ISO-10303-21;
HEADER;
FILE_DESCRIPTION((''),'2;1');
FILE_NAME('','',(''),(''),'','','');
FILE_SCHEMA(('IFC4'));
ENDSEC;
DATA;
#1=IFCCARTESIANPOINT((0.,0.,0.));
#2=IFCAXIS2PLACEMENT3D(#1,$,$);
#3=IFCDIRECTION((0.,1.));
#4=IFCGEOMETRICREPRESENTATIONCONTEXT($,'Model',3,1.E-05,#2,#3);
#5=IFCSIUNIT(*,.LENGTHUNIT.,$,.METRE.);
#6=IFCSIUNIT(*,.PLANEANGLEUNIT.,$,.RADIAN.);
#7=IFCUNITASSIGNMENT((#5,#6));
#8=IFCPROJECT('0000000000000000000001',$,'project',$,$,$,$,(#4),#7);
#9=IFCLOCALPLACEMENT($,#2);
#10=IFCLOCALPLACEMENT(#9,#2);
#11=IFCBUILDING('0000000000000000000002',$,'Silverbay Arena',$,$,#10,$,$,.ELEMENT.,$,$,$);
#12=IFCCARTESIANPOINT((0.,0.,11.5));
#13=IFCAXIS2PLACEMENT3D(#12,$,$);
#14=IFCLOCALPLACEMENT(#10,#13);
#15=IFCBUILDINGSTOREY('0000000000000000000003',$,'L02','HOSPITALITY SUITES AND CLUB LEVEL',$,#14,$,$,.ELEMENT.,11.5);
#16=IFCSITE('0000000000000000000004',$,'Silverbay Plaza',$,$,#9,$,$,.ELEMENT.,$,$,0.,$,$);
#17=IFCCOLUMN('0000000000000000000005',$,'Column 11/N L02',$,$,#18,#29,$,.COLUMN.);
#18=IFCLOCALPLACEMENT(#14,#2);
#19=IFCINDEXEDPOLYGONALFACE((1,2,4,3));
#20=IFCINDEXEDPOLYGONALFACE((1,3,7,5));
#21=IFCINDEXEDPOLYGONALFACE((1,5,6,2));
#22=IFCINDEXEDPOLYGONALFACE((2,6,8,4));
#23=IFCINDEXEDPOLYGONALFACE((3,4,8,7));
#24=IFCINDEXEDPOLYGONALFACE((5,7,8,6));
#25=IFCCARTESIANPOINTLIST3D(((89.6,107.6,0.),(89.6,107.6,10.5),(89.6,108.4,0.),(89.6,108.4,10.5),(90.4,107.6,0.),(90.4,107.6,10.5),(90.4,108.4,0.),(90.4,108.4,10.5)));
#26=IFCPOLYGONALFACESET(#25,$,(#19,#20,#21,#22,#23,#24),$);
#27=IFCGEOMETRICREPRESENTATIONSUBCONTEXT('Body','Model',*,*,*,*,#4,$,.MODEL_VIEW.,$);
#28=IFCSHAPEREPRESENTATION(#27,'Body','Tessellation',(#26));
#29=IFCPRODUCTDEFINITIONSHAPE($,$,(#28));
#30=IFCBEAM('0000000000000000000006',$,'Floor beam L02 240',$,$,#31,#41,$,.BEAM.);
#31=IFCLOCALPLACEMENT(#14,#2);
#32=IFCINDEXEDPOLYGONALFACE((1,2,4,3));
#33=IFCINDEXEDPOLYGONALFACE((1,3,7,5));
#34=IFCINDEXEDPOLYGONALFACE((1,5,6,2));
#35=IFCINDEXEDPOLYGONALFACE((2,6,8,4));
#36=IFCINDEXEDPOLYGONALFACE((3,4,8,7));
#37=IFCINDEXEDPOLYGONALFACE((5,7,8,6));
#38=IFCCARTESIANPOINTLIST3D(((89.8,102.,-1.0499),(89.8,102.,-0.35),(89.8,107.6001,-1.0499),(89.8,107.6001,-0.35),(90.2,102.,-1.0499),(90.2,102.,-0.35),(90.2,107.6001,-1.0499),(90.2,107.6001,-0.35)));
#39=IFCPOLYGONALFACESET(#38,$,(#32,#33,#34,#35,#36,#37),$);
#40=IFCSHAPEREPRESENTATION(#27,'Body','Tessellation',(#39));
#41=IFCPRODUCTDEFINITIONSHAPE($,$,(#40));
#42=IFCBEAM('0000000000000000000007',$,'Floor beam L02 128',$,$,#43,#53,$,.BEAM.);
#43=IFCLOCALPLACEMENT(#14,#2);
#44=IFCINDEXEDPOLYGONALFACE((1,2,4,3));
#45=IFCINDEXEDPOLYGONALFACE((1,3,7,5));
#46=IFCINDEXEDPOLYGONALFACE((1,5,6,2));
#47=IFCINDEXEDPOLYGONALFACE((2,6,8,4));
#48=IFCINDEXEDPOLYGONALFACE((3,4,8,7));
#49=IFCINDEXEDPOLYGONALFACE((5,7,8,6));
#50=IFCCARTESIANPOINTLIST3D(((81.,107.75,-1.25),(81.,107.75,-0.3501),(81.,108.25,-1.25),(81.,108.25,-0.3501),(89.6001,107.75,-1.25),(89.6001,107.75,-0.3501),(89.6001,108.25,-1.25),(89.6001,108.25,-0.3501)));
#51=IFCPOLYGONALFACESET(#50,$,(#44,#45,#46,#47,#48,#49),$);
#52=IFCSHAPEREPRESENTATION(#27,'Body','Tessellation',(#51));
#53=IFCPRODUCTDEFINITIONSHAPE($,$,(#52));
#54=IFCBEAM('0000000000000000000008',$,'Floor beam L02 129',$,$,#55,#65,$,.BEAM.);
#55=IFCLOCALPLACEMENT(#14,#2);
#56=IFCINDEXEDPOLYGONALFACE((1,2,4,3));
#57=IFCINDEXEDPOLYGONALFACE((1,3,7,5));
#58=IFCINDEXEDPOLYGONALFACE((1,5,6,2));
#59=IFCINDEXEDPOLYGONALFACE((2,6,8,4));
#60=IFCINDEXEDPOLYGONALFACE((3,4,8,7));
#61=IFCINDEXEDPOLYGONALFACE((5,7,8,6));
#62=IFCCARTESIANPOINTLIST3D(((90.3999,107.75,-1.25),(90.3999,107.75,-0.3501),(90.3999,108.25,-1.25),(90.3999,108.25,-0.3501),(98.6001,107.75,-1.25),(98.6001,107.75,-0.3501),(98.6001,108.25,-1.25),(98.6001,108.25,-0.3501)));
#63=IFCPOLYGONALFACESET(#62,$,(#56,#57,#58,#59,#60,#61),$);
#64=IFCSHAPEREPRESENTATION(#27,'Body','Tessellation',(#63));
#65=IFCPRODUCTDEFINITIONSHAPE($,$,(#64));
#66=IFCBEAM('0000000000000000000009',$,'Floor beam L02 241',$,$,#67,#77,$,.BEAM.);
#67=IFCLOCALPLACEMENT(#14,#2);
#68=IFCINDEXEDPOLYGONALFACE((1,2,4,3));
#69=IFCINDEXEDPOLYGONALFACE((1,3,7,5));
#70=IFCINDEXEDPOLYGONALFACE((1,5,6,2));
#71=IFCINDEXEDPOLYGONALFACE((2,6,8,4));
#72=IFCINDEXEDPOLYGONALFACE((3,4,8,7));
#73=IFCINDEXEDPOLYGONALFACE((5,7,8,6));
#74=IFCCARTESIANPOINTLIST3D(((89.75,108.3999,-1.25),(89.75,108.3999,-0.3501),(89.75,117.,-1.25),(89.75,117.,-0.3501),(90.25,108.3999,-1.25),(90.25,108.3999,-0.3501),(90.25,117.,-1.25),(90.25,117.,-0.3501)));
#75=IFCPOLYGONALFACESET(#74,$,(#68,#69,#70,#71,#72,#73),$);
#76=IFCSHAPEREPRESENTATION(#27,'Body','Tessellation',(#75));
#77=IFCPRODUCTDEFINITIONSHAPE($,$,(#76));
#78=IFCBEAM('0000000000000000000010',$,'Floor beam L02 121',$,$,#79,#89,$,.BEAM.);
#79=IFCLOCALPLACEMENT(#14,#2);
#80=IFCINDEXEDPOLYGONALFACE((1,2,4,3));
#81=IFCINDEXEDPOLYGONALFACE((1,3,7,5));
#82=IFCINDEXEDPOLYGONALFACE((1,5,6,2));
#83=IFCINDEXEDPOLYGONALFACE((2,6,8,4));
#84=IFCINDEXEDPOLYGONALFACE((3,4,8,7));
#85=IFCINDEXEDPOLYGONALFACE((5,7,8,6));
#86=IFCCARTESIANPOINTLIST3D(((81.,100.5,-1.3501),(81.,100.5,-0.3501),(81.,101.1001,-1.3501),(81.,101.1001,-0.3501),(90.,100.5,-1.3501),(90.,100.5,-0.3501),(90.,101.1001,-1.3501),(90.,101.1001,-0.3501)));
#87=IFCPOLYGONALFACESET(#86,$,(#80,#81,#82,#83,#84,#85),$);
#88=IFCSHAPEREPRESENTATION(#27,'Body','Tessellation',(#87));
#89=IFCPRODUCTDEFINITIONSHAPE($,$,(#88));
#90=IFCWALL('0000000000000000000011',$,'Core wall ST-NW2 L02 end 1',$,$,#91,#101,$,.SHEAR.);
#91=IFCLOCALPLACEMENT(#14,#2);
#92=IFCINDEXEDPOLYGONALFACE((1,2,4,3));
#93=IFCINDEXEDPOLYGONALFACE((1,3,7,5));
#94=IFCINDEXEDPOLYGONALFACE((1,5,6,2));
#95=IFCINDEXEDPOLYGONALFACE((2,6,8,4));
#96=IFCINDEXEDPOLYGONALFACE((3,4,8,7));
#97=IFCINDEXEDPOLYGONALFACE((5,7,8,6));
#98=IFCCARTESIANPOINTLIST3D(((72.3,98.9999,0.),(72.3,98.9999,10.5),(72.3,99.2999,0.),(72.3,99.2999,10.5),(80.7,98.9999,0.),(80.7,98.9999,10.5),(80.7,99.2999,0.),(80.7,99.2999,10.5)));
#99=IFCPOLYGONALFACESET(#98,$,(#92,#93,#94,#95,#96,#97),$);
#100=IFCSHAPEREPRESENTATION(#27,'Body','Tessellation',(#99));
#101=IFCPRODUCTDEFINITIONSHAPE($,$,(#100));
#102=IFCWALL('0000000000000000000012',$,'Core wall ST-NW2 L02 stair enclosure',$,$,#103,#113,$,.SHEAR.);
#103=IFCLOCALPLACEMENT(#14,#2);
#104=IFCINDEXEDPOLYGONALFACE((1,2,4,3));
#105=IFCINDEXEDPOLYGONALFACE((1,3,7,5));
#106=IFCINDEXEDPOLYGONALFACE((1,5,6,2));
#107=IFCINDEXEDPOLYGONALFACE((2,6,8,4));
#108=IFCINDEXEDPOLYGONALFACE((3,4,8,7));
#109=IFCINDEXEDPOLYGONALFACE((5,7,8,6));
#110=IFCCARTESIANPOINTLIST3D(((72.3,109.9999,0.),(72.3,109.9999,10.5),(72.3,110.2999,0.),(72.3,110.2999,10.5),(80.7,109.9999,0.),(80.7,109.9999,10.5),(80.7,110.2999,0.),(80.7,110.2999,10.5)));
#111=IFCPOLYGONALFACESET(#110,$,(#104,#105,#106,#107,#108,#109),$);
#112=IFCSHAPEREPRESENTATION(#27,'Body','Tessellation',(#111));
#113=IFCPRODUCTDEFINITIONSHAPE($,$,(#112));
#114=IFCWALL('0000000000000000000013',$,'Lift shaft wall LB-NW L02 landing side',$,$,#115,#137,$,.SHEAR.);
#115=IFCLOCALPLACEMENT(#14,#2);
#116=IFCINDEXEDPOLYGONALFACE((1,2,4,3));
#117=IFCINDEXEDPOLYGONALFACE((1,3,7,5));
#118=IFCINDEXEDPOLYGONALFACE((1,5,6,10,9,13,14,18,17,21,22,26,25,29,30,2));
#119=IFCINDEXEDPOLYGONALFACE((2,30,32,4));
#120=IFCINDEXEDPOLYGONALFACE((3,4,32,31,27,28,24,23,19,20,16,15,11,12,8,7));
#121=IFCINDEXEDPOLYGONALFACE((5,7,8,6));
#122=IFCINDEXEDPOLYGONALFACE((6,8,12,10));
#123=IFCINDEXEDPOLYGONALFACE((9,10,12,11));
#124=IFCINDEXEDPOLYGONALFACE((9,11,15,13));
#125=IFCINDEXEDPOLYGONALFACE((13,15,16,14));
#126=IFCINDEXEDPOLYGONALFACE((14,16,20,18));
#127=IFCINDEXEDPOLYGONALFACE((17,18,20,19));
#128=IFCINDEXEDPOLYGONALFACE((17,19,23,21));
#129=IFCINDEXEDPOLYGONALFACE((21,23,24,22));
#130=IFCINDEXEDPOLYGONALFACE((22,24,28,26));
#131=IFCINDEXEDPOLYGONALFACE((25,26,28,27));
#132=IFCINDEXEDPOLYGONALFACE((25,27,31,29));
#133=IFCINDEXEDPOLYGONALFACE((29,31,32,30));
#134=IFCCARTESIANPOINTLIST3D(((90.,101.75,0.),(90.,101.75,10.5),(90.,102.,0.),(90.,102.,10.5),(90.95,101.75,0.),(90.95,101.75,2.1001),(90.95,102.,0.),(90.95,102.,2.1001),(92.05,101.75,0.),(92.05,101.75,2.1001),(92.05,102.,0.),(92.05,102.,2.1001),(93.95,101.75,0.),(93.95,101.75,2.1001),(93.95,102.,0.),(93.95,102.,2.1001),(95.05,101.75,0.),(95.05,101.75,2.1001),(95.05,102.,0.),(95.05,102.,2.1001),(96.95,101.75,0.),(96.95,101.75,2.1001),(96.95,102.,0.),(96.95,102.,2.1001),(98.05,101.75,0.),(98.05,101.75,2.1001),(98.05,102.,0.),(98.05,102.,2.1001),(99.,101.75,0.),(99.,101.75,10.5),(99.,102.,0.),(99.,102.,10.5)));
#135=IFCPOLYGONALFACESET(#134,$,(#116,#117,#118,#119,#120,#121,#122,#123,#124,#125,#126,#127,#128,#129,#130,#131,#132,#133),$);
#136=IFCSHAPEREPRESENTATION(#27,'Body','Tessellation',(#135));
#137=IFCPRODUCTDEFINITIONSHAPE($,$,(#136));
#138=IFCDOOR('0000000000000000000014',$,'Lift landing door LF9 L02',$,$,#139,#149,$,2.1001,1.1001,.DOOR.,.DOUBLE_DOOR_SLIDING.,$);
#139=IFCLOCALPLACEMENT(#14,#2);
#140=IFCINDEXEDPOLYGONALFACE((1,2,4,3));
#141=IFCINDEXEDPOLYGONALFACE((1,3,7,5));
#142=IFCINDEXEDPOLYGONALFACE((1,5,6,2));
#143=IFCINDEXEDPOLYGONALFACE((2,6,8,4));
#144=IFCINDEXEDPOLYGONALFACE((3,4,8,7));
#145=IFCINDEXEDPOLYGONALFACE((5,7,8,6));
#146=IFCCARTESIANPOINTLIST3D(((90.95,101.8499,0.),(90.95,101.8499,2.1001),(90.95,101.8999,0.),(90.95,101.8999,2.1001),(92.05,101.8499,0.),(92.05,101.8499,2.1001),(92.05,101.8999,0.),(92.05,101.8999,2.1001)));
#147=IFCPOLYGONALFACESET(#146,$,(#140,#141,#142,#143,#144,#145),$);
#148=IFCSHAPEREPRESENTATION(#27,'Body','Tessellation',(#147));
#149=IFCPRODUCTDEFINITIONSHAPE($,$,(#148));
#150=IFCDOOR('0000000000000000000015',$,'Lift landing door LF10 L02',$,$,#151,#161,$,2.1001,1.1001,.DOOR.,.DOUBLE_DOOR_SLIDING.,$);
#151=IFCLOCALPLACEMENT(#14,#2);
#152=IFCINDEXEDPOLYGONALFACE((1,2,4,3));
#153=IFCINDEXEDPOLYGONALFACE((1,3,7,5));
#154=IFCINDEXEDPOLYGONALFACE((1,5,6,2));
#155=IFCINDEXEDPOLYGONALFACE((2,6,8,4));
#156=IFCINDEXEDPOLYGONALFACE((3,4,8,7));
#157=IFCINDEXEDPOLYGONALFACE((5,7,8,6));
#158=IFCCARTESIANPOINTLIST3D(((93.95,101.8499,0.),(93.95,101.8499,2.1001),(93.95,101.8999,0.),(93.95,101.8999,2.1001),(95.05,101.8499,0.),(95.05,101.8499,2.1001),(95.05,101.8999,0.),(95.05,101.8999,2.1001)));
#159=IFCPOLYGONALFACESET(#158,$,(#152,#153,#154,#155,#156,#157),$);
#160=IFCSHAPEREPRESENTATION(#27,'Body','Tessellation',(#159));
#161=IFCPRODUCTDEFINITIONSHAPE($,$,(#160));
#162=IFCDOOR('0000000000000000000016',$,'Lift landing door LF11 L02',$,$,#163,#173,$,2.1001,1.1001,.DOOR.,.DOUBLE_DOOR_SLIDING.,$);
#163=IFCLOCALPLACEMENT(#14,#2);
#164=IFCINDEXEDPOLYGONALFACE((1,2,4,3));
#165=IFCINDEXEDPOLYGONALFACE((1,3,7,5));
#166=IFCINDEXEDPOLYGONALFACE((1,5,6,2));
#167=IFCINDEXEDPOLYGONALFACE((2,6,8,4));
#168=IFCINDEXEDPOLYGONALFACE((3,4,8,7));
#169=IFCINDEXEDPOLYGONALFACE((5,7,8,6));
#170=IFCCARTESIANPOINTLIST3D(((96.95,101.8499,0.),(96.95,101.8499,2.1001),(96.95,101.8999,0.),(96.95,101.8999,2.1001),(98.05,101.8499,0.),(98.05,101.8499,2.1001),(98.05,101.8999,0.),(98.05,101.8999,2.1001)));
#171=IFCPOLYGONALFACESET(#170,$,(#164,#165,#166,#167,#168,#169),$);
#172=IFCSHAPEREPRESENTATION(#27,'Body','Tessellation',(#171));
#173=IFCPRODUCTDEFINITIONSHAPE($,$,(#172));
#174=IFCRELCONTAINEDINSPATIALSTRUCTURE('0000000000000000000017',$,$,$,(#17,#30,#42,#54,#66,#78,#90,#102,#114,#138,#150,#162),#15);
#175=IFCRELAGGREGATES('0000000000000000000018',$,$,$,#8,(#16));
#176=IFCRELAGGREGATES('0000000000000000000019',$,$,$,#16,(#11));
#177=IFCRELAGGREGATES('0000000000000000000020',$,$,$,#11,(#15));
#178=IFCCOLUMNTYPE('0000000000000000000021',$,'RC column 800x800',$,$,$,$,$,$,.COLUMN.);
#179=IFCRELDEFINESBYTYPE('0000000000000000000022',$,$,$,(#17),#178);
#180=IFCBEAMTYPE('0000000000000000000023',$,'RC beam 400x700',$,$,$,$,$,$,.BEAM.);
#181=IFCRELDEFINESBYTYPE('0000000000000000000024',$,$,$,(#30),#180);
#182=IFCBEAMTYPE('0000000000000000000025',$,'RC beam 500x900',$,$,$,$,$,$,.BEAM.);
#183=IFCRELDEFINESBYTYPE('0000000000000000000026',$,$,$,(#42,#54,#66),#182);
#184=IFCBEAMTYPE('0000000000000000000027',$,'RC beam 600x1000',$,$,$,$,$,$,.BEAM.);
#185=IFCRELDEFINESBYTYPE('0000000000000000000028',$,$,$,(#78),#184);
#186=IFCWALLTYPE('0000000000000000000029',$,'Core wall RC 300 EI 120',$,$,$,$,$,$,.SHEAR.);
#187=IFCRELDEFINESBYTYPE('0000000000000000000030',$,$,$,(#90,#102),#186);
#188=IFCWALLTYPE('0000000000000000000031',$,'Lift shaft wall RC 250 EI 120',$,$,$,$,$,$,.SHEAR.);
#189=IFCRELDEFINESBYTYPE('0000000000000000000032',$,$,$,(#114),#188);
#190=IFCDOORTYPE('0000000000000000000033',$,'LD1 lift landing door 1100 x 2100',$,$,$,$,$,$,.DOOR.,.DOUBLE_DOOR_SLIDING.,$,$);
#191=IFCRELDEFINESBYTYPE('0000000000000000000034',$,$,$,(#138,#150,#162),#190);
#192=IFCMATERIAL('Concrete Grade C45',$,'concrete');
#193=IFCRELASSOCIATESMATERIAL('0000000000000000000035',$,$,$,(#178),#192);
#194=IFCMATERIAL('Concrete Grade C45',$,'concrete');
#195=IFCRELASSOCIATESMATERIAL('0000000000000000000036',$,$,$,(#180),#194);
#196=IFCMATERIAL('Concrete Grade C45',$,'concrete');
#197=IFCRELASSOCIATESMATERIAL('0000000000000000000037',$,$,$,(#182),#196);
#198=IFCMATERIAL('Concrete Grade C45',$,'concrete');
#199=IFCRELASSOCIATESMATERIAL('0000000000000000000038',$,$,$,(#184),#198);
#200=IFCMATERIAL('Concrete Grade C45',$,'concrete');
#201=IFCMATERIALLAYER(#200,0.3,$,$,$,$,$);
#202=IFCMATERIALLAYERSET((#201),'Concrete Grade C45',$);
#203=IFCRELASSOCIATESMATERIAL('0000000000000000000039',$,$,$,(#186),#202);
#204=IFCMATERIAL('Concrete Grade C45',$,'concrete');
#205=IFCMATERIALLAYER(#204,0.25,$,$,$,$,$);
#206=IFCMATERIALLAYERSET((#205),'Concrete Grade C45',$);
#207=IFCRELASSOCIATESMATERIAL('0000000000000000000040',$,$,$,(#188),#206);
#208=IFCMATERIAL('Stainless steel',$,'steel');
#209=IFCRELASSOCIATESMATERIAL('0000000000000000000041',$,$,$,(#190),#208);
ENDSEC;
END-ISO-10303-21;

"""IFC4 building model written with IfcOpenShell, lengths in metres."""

from ifc_helpers import new_model, si_unit, direction, frame, frame_2d, origin, origin_2d, place, context, subcontext, project, spatial, rectangle, extrude, material, layer, layer_set, material_profile, profile_set, type_object, element, fill, save


model = new_model("IFC4")

# Units and contexts
model_context = context("Model", 3, precision=1e-05, world=origin(), true_north=direction((0.0, 1.0)))
body_context = subcontext(model_context, "Body", "Model", "MODEL_VIEW")
ifc_project = project(units=[si_unit("LENGTHUNIT", "METRE"), si_unit("PLANEANGLEUNIT", "RADIAN")], contexts=[model_context])

# Site, building, storey
site_placement = place(None, origin())
site = spatial("IfcSite", under=ifc_project, at=site_placement, Name="Silverbay Plaza", CompositionType="ELEMENT", RefElevation=0.0)
building_placement = place(site_placement, origin())
building = spatial("IfcBuilding", under=site, at=building_placement, Name="Silverbay Arena", CompositionType="ELEMENT")
storey_placement = place(building_placement, frame((0.0, 0.0, 11.5)))
storey = spatial("IfcBuildingStorey", under=building, at=storey_placement, Name="L02", Description="HOSPITALITY SUITES AND CLUB LEVEL", CompositionType="ELEMENT", Elevation=11.5)

# Column
ifc_material_1 = material(Name="Concrete Grade C45", Category="concrete")
ifc_material_profile_1 = material_profile(ifc_material_1, rectangle(XDim=0.8, YDim=0.8, at=origin_2d()), Name="RC 800x800")
ifc_profile_set_1 = profile_set([ifc_material_profile_1], Name="Concrete Grade C45")
column_type = type_object("IfcColumnType", Name="RC column 800x800", PredefinedType="COLUMN", material=ifc_profile_set_1)
column_placement = place(storey_placement, frame((90.0, 108.0, 0.0), z_axis=(0.0, 0.0, 1.0), x_axis=(1.0, 0.0, 0.0)))
element("IfcColumn", 1, at=column_placement, inside=storey, type_object=column_type, Name="Column 11/N L02", PredefinedType="COLUMN", context=body_context, shape_type="SweptSolid", body=[
    extrude(rectangle(XDim=0.8, YDim=0.8, at=origin_2d()), origin(), (0.0, 0.0, 1.0), 10.5),
])

# Beams
ifc_material_2 = material(Name="Concrete Grade C45", Category="concrete")
ifc_material_profile_2 = material_profile(ifc_material_2, rectangle(XDim=0.3999, YDim=0.7, at=origin_2d()), Name="RC 400x700")
ifc_profile_set_2 = profile_set([ifc_material_profile_2], Name="Concrete Grade C45")
beam_type_1 = type_object("IfcBeamType", Name="RC beam 400x700", PredefinedType="BEAM", material=ifc_profile_set_2)
beam_1_placement = place(storey_placement, frame((90.0, 102.0, -0.7), z_axis=(0.0, 1.0, 0.0), x_axis=(-1.0, 0.0, 0.0)))
element("IfcBeam", 2, at=beam_1_placement, inside=storey, type_object=beam_type_1, Name="Floor beam L02 240", PredefinedType="BEAM", context=body_context, shape_type="SweptSolid", body=[
    extrude(rectangle(XDim=0.3999, YDim=0.7, at=origin_2d()), origin(), (0.0, 0.0, 1.0), 5.6001),
])
ifc_material_3 = material(Name="Concrete Grade C45", Category="concrete")
ifc_material_profile_3 = material_profile(ifc_material_3, rectangle(XDim=0.5, YDim=0.8999, at=origin_2d()), Name="RC 500x900")
ifc_profile_set_3 = profile_set([ifc_material_profile_3], Name="Concrete Grade C45")
beam_type_2 = type_object("IfcBeamType", Name="RC beam 500x900", PredefinedType="BEAM", material=ifc_profile_set_3)
beam_2_placement = place(storey_placement, frame((81.0, 108.0, -0.8), z_axis=(1.0, 0.0, 0.0), x_axis=(0.0, 1.0, 0.0)))
element("IfcBeam", 3, at=beam_2_placement, inside=storey, type_object=beam_type_2, Name="Floor beam L02 128", PredefinedType="BEAM", context=body_context, shape_type="SweptSolid", body=[
    extrude(rectangle(XDim=0.5, YDim=0.8999, at=origin_2d()), origin(), (0.0, 0.0, 1.0), 8.6001),
])
beam_3_placement = place(storey_placement, frame((90.3999, 108.0, -0.8), z_axis=(1.0, 0.0, 0.0), x_axis=(0.0, 1.0, 0.0)))
element("IfcBeam", 4, at=beam_3_placement, inside=storey, type_object=beam_type_2, Name="Floor beam L02 129", PredefinedType="BEAM", context=body_context, shape_type="SweptSolid", body=[
    extrude(rectangle(XDim=0.5, YDim=0.8999, at=origin_2d()), origin(), (0.0, 0.0, 1.0), 8.2002),
])
beam_4_placement = place(storey_placement, frame((90.0, 108.3999, -0.8), z_axis=(0.0, 1.0, 0.0), x_axis=(-1.0, 0.0, 0.0)))
element("IfcBeam", 5, at=beam_4_placement, inside=storey, type_object=beam_type_2, Name="Floor beam L02 241", PredefinedType="BEAM", context=body_context, shape_type="SweptSolid", body=[
    extrude(rectangle(XDim=0.5, YDim=0.8999, at=origin_2d()), origin(), (0.0, 0.0, 1.0), 8.6001),
])
ifc_material_4 = material(Name="Concrete Grade C45", Category="concrete")
ifc_material_profile_4 = material_profile(ifc_material_4, rectangle(XDim=0.6001, YDim=1.0, at=origin_2d()), Name="RC 600x1000")
ifc_profile_set_4 = profile_set([ifc_material_profile_4], Name="Concrete Grade C45")
beam_type_3 = type_object("IfcBeamType", Name="RC beam 600x1000", PredefinedType="BEAM", material=ifc_profile_set_4)
beam_5_placement = place(storey_placement, frame((81.0, 100.8, -0.8501), z_axis=(1.0, 0.0, 0.0), x_axis=(0.0, 1.0, 0.0)))
element("IfcBeam", 6, at=beam_5_placement, inside=storey, type_object=beam_type_3, Name="Floor beam L02 121", PredefinedType="BEAM", context=body_context, shape_type="SweptSolid", body=[
    extrude(rectangle(XDim=0.6001, YDim=1.0, at=origin_2d()), origin(), (0.0, 0.0, 1.0), 9.0),
])

# Walls
ifc_material_5 = material(Name="Concrete Grade C45", Category="concrete")
ifc_layer_1 = layer(ifc_material_5, 0.3)
ifc_layer_set_1 = layer_set([ifc_layer_1], Name="Concrete Grade C45")
wall_type_1 = type_object("IfcWallType", Name="Core wall RC 300 EI 120", PredefinedType="SHEAR", material=ifc_layer_set_1)
for number, where, z_axis, x_axis, name in (
    (7, (80.7, 99.1499, 0.0), (0.0, 0.0, 1.0), (-1.0, 0.0, 0.0), "Core wall ST-NW2 L02 end 1"),
    (8, (80.7, 110.1499, 0.0), (0.0, 0.0, 1.0), (-1.0, 0.0, 0.0), "Core wall ST-NW2 L02 stair enclosure"),
):
    element("IfcWall", number, at=place(storey_placement, frame(where, z_axis=z_axis, x_axis=x_axis)), inside=storey, type_object=wall_type_1, Name=name, PredefinedType="SHEAR", context=body_context, shape_type="SweptSolid", body=[
        extrude(rectangle(XDim=8.3999, YDim=0.3, at=frame_2d((4.2, 0.0))), origin(), (0.0, 0.0, 1.0), 10.5),
    ])

# Wall, openings, doors
ifc_material_6 = material(Name="Concrete Grade C45", Category="concrete")
ifc_layer_2 = layer(ifc_material_6, 0.25)
ifc_layer_set_2 = layer_set([ifc_layer_2], Name="Concrete Grade C45")
wall_type_2 = type_object("IfcWallType", Name="Lift shaft wall RC 250 EI 120", PredefinedType="SHEAR", material=ifc_layer_set_2)
wall_1_placement = place(storey_placement, frame((90.0, 101.875, 0.0), z_axis=(0.0, 0.0, 1.0), x_axis=(1.0, 0.0, 0.0)))
wall_1 = element("IfcWall", 9, at=wall_1_placement, inside=storey, type_object=wall_type_2, Name="Lift shaft wall LB-NW L02 landing side", PredefinedType="SHEAR", context=body_context, shape_type="SweptSolid", body=[
    extrude(rectangle(XDim=9.0, YDim=0.25, at=frame_2d((4.5, 0.0))), origin(), (0.0, 0.0, 1.0), 10.5),
])
opening_1_placement = place(wall_1_placement, frame((0.95, 0.0, 0.0)))
opening_1 = element("IfcOpeningElement", 10, at=opening_1_placement, cuts=wall_1, PredefinedType="OPENING", context=body_context, shape_type="SweptSolid", body=[
    extrude(rectangle(XDim=1.1001, YDim=2.1001, at=frame_2d((0.55, 1.05))), frame((0.0, 0.135, 0.0), z_axis=(0.0, -1.0, 0.0), x_axis=(1.0, 0.0, 0.0)), (0.0, 0.0, 1.0), 0.27),
])
opening_2_placement = place(wall_1_placement, frame((3.95, 0.0, 0.0)))
opening_2 = element("IfcOpeningElement", 11, at=opening_2_placement, cuts=wall_1, PredefinedType="OPENING", context=body_context, shape_type="SweptSolid", body=[
    extrude(rectangle(XDim=1.1001, YDim=2.1001, at=frame_2d((0.55, 1.05))), frame((0.0, 0.135, 0.0), z_axis=(0.0, -1.0, 0.0), x_axis=(1.0, 0.0, 0.0)), (0.0, 0.0, 1.0), 0.27),
])
opening_3_placement = place(wall_1_placement, frame((6.95, 0.0, 0.0)))
opening_3 = element("IfcOpeningElement", 12, at=opening_3_placement, cuts=wall_1, PredefinedType="OPENING", context=body_context, shape_type="SweptSolid", body=[
    extrude(rectangle(XDim=1.1001, YDim=2.1001, at=frame_2d((0.55, 1.05))), frame((0.0, 0.135, 0.0), z_axis=(0.0, -1.0, 0.0), x_axis=(1.0, 0.0, 0.0)), (0.0, 0.0, 1.0), 0.27),
])
ifc_material_7 = material(Name="Stainless steel", Category="steel")
door_type_1 = type_object("IfcDoorType", Name="LD1 lift landing door 1100 x 2100", OperationType="DOUBLE_DOOR_SLIDING", PredefinedType="DOOR", material=ifc_material_7)
door_1_placement = place(opening_1_placement, origin())
door_1 = element("IfcDoor", 13, at=door_1_placement, inside=storey, type_object=door_type_1, Name="Lift landing door LF9 L02", OperationType="DOUBLE_DOOR_SLIDING", OverallHeight=2.1001, OverallWidth=1.1001, PredefinedType="DOOR", context=body_context, shape_type="SweptSolid", body=[
    extrude(rectangle(XDim=1.1001, YDim=2.1001, at=frame_2d((0.55, 1.05))), frame((0.0, 0.0249, 0.0), z_axis=(0.0, -1.0, 0.0), x_axis=(1.0, 0.0, 0.0)), (0.0, 0.0, 1.0), 0.05),
])
fill(opening_1, door_1)
door_2_placement = place(opening_2_placement, origin())
door_2 = element("IfcDoor", 14, at=door_2_placement, inside=storey, type_object=door_type_1, Name="Lift landing door LF10 L02", OperationType="DOUBLE_DOOR_SLIDING", OverallHeight=2.1001, OverallWidth=1.1001, PredefinedType="DOOR", context=body_context, shape_type="SweptSolid", body=[
    extrude(rectangle(XDim=1.1001, YDim=2.1001, at=frame_2d((0.55, 1.05))), frame((0.0, 0.0249, 0.0), z_axis=(0.0, -1.0, 0.0), x_axis=(1.0, 0.0, 0.0)), (0.0, 0.0, 1.0), 0.05),
])
fill(opening_2, door_2)
door_3_placement = place(opening_3_placement, origin())
door_3 = element("IfcDoor", 15, at=door_3_placement, inside=storey, type_object=door_type_1, Name="Lift landing door LF11 L02", OperationType="DOUBLE_DOOR_SLIDING", OverallHeight=2.1001, OverallWidth=1.1001, PredefinedType="DOOR", context=body_context, shape_type="SweptSolid", body=[
    extrude(rectangle(XDim=1.1001, YDim=2.1001, at=frame_2d((0.55, 1.05))), frame((0.0, 0.0249, 0.0), z_axis=(0.0, -1.0, 0.0), x_axis=(1.0, 0.0, 0.0)), (0.0, 0.0, 1.0), 0.05),
])
fill(opening_3, door_3)

save(model, "model.ifc")
